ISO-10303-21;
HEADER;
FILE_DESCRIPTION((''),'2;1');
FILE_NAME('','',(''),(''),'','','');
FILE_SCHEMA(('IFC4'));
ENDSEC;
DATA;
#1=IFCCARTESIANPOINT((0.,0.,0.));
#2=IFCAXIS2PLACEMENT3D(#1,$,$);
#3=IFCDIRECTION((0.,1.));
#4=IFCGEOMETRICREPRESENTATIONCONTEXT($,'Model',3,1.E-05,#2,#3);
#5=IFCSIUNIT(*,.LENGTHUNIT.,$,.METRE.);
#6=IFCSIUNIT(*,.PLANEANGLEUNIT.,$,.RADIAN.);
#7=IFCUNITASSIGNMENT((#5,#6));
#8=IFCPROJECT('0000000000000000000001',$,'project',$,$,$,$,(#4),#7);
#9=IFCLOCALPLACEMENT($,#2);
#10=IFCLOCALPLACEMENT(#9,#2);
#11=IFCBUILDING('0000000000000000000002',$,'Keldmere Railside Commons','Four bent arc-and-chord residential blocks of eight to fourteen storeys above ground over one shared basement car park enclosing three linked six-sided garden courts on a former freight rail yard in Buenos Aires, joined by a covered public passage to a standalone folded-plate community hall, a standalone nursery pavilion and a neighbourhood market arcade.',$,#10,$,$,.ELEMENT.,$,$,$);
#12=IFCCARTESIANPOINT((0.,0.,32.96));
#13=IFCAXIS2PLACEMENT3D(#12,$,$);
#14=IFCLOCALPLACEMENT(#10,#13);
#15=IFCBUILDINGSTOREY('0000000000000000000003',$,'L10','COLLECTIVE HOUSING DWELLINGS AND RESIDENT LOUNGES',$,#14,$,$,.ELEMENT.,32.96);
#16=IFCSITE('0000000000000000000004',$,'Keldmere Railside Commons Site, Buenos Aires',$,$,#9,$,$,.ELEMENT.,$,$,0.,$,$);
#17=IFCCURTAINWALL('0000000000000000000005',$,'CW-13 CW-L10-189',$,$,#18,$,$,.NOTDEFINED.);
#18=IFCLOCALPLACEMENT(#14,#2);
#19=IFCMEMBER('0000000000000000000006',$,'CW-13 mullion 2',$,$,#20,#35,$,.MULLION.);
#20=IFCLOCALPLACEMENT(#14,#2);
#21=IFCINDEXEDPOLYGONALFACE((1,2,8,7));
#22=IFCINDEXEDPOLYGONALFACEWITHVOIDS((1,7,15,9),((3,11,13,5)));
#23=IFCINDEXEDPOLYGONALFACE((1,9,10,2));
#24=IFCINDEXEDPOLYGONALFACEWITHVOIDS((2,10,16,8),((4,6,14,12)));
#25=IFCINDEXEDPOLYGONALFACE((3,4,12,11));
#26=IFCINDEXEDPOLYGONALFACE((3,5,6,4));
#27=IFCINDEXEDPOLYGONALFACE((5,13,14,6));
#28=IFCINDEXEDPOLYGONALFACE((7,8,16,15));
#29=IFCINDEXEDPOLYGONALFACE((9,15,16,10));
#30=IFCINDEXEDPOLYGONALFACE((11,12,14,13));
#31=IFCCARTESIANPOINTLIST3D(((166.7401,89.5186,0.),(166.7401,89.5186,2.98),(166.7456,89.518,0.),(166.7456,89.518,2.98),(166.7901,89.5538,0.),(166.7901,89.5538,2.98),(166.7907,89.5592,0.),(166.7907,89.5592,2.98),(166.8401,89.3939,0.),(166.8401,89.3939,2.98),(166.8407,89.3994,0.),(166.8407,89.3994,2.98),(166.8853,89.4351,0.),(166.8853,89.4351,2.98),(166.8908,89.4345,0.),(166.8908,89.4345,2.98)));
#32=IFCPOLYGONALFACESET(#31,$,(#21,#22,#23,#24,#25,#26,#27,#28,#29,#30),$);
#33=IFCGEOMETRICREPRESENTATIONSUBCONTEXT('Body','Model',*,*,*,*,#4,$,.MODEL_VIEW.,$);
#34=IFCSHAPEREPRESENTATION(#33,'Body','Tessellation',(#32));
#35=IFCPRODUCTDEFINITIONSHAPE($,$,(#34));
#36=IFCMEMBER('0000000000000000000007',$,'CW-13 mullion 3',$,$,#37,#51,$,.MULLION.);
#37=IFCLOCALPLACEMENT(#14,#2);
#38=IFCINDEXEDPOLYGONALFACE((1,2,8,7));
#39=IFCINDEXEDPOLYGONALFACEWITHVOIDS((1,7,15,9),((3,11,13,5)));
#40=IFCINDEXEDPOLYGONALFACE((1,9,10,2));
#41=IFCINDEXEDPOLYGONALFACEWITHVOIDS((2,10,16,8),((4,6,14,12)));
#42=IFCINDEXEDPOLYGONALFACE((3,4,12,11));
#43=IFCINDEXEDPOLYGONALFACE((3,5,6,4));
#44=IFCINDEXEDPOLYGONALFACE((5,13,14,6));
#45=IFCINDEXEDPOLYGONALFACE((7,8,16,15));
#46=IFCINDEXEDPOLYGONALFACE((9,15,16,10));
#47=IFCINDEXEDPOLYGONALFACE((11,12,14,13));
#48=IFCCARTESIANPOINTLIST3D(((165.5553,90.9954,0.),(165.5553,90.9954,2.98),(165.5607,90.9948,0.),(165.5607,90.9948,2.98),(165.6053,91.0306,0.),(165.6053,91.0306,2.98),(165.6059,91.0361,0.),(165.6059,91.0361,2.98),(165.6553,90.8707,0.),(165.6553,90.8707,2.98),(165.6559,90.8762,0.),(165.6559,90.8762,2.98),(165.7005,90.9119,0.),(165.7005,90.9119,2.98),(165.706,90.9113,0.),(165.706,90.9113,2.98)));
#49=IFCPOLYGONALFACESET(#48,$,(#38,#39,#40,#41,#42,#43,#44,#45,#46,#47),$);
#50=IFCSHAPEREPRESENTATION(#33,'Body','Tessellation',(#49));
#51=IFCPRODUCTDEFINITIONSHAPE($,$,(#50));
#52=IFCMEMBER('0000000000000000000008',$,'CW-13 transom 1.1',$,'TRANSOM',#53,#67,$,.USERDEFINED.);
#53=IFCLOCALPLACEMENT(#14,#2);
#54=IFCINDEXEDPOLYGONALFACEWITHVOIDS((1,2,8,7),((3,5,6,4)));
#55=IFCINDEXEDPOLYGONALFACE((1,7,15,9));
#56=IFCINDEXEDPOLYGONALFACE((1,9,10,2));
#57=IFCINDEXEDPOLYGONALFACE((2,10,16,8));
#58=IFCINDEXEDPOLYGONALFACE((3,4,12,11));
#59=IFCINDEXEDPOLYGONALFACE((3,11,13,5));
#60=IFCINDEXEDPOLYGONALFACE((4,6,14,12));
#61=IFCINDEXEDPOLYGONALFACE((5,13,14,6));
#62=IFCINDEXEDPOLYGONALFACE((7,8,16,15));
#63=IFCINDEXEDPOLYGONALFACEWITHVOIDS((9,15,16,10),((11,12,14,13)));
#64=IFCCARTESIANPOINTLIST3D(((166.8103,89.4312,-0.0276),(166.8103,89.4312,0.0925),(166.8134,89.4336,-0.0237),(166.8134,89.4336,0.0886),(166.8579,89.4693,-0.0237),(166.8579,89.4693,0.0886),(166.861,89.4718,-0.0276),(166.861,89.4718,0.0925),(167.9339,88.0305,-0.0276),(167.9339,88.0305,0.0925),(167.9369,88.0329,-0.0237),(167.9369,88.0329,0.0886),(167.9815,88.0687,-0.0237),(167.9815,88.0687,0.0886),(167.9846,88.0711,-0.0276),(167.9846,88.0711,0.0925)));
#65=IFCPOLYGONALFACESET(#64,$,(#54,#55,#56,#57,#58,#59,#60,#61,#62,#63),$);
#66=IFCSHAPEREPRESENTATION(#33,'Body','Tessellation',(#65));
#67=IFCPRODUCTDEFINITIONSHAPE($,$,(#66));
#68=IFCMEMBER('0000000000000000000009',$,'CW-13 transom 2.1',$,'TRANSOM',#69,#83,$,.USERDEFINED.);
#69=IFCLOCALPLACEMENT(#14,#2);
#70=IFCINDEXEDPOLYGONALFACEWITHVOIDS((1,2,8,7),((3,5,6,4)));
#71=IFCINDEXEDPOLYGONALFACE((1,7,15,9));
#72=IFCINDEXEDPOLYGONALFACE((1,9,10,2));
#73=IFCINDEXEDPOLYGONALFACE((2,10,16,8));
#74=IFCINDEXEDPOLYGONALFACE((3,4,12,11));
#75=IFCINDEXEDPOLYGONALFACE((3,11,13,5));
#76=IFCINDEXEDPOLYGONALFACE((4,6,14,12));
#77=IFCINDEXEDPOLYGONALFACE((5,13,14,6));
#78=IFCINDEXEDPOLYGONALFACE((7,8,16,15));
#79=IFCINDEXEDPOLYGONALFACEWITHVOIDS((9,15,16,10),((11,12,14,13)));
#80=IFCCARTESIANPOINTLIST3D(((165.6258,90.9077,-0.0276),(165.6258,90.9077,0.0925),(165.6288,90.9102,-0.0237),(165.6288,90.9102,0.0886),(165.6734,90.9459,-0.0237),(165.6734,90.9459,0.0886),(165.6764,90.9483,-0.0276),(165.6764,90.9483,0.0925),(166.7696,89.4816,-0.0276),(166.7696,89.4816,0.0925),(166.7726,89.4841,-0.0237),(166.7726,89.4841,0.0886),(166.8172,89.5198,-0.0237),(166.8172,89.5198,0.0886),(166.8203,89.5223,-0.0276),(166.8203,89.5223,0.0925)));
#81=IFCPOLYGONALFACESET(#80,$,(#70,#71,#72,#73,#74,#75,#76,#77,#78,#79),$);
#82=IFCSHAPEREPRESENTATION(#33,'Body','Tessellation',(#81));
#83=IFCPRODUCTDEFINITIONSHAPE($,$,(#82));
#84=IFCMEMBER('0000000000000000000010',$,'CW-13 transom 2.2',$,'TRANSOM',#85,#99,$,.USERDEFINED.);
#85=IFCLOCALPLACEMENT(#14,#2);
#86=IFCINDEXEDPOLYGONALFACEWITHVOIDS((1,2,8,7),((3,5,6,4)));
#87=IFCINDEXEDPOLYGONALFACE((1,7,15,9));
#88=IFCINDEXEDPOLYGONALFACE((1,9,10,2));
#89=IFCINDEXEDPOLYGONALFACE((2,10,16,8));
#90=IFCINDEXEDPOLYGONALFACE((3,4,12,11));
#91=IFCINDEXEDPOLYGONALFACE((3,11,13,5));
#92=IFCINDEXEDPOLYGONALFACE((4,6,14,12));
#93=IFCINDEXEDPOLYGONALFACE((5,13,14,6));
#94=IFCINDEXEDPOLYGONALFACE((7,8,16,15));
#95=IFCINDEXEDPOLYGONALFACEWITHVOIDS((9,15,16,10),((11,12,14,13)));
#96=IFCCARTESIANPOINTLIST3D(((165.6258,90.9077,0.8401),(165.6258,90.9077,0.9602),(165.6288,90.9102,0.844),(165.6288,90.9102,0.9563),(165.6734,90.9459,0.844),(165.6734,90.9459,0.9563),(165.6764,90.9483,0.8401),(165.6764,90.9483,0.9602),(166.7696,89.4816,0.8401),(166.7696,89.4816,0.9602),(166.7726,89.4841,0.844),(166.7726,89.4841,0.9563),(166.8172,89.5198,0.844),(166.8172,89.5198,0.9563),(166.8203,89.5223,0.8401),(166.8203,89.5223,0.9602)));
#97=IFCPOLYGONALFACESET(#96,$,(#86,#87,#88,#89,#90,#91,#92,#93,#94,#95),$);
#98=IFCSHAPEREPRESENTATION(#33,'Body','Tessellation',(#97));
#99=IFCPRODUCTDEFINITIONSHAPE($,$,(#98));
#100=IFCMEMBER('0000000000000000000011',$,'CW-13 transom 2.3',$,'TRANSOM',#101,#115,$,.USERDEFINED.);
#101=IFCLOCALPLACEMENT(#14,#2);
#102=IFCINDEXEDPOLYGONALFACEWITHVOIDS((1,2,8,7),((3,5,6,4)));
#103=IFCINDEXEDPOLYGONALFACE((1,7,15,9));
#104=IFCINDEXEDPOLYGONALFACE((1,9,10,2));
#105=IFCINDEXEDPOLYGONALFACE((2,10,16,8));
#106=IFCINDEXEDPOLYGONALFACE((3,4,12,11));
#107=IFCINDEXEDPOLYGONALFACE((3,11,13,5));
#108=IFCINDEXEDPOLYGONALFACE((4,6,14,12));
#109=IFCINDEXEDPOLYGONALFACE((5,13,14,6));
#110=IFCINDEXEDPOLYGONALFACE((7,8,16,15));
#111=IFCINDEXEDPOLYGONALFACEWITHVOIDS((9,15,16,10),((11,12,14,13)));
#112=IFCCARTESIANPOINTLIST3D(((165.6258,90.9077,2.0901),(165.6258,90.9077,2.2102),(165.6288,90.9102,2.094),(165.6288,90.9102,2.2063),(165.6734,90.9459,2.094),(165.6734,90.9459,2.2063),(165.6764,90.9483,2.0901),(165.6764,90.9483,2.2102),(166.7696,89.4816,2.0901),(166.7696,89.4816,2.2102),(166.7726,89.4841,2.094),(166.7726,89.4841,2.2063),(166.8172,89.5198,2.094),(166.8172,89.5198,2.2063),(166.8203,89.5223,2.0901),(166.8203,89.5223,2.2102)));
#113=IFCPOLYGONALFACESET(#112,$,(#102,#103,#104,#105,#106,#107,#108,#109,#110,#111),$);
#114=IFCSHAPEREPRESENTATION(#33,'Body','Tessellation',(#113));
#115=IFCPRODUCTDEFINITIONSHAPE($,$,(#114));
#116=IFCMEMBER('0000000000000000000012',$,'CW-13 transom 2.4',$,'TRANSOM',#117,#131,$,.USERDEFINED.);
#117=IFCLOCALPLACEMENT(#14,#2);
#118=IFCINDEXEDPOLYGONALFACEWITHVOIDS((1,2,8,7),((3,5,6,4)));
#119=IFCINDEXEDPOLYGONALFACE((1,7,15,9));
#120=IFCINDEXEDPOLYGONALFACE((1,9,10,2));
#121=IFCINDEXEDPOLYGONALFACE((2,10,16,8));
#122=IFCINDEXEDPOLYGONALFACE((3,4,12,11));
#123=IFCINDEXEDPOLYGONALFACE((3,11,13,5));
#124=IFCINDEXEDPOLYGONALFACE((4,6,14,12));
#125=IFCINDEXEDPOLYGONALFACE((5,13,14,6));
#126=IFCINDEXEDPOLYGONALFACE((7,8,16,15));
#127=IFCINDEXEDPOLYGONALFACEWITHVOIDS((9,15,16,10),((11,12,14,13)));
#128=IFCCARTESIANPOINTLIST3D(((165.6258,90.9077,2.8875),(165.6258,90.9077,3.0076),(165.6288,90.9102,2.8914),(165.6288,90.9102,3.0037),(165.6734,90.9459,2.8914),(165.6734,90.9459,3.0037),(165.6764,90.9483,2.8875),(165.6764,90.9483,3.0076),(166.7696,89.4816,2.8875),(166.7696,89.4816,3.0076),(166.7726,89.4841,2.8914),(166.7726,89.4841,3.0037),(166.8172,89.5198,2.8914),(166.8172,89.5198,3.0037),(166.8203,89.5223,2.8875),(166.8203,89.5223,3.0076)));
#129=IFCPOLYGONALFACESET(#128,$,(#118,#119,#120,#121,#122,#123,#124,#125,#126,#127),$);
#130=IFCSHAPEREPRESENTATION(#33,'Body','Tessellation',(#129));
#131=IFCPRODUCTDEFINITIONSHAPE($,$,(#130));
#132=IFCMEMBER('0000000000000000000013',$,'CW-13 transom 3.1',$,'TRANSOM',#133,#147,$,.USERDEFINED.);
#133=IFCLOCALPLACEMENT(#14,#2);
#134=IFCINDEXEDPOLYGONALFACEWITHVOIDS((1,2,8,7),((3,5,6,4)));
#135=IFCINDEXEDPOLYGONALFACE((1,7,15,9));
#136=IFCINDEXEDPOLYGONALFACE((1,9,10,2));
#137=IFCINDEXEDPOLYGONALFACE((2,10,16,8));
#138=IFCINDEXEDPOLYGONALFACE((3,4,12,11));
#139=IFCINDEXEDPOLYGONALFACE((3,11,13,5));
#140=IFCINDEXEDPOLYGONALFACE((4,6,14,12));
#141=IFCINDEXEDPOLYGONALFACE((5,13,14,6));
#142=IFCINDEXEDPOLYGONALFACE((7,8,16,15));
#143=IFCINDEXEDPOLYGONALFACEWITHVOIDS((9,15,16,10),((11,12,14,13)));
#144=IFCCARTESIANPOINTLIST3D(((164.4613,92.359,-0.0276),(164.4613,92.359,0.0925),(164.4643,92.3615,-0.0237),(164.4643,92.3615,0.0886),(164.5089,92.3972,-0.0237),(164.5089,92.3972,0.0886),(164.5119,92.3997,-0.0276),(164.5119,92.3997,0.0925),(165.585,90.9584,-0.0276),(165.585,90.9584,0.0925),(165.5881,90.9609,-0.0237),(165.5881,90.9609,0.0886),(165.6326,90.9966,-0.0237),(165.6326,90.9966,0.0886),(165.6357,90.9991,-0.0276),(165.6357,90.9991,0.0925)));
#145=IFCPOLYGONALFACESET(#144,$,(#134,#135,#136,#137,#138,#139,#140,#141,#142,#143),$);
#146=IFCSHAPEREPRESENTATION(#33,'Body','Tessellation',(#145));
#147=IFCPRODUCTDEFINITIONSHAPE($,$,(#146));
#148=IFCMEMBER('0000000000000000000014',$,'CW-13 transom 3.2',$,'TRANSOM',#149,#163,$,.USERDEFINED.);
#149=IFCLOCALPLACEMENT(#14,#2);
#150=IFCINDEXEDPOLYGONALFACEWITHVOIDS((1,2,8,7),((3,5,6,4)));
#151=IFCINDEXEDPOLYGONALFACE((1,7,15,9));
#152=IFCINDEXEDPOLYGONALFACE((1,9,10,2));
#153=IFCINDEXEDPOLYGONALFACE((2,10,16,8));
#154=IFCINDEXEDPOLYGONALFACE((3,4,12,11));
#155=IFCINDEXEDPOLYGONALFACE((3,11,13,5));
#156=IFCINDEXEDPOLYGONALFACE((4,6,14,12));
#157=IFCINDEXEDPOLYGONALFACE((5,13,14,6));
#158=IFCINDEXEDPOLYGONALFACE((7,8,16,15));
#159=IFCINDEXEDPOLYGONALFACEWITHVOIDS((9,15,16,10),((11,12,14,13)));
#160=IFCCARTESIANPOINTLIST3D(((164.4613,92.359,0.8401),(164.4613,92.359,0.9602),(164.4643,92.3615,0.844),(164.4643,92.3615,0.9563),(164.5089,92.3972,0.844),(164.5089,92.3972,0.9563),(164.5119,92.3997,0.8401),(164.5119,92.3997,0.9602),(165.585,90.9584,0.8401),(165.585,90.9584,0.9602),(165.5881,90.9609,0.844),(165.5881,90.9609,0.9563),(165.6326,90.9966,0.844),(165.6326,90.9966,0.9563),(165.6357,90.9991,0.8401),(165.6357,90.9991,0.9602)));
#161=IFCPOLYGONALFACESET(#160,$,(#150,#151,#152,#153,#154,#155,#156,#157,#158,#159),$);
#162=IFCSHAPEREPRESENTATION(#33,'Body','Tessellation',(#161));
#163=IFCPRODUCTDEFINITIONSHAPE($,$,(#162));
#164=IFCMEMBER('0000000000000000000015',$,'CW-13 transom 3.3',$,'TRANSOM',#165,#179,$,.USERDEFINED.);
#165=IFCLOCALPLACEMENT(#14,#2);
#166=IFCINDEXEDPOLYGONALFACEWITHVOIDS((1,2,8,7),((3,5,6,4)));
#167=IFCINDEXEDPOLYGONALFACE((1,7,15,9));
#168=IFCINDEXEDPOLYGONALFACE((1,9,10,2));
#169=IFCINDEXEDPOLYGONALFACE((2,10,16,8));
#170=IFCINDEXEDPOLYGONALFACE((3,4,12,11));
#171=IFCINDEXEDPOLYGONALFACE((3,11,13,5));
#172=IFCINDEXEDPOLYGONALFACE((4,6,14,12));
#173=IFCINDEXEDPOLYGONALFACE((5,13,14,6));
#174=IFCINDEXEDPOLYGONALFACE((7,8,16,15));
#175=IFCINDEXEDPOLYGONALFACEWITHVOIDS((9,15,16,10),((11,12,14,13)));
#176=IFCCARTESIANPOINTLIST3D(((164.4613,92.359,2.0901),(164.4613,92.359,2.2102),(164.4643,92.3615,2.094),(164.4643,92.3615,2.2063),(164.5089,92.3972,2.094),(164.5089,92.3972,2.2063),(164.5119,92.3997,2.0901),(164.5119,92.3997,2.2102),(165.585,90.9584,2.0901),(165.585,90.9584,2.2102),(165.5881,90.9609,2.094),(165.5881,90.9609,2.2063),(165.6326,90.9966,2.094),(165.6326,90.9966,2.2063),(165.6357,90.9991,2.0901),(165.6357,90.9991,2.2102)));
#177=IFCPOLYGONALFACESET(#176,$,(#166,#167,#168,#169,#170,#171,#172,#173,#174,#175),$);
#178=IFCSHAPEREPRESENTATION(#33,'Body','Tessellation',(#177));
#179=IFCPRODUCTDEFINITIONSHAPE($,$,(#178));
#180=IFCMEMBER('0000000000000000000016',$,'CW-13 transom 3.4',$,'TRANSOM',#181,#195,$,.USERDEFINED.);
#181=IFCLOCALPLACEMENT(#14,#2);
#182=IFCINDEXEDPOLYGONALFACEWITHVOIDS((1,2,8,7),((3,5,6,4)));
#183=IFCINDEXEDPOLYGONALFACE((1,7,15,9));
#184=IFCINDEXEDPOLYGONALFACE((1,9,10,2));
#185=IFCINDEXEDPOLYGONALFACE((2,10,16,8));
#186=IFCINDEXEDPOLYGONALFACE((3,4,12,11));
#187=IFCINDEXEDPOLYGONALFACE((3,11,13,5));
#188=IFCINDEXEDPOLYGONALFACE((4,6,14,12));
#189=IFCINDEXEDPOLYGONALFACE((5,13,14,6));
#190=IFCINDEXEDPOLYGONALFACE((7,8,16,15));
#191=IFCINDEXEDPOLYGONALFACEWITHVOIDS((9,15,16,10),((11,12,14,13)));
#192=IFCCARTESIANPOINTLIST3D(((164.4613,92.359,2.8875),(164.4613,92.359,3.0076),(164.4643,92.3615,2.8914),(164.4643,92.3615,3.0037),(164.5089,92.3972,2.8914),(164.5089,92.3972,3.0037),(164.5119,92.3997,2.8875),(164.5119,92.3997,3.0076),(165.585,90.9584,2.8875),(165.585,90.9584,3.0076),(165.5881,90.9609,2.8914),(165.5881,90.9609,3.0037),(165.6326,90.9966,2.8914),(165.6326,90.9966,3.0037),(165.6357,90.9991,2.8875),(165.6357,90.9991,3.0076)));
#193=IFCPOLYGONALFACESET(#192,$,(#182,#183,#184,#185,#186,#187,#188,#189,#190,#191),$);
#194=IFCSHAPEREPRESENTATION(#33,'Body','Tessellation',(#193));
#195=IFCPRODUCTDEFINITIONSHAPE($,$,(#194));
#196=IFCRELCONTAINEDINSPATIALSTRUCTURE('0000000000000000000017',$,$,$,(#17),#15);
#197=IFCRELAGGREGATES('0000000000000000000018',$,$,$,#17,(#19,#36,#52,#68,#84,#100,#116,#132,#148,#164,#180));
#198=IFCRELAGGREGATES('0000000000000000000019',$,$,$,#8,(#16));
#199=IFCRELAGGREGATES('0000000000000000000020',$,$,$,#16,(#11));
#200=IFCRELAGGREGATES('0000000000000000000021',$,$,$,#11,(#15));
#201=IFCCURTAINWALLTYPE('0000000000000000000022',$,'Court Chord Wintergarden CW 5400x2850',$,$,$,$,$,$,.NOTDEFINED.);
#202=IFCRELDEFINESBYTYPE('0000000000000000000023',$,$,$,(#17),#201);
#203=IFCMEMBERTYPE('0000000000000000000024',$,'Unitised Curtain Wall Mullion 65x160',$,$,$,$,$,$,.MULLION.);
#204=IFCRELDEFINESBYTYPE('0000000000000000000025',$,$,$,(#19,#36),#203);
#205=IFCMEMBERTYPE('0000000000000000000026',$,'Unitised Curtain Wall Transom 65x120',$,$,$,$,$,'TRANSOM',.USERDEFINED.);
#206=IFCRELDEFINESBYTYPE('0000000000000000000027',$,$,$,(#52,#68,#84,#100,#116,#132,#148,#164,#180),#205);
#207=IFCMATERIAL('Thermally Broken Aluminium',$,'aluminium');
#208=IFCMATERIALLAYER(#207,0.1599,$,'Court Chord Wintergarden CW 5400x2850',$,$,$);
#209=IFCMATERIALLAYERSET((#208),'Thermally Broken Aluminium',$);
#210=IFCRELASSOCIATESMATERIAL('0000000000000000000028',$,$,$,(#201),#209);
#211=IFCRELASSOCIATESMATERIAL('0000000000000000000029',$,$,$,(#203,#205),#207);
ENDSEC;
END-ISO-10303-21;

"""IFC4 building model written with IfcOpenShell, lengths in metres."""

from ifc_helpers import new_model, si_unit, direction, frame, origin, origin_2d, place, context, subcontext, project, spatial, hollow_rectangle, extrude, material, layer, layer_set, material_profile, profile_set, type_object, element, aggregate, save


model = new_model("IFC4")

# Units and contexts
model_context = context("Model", 3, precision=1e-05, world=origin(), true_north=direction((0.0, 1.0)))
body_context = subcontext(model_context, "Body", "Model", "MODEL_VIEW")
ifc_project = project(units=[si_unit("LENGTHUNIT", "METRE"), si_unit("PLANEANGLEUNIT", "RADIAN")], contexts=[model_context])

# Site, building, storey
site_placement = place(None, origin())
site = spatial("IfcSite", under=ifc_project, at=site_placement, Name="Keldmere Railside Commons Site, Buenos Aires", CompositionType="ELEMENT", RefElevation=0.0)
building_placement = place(site_placement, origin())
building = spatial("IfcBuilding", under=site, at=building_placement, Name="Keldmere Railside Commons", Description="Four bent arc-and-chord residential blocks of eight to fourteen storeys above ground over one shared basement car park enclosing three linked six-sided garden courts on a former freight rail yard in Buenos Aires, joined by a covered public passage to a standalone folded-plate community hall, a standalone nursery pavilion and a neighbourhood market arcade.", CompositionType="ELEMENT")
storey_placement = place(building_placement, frame((0.0, 0.0, 32.96)))
storey = spatial("IfcBuildingStorey", under=building, at=storey_placement, Name="L10", Description="COLLECTIVE HOUSING DWELLINGS AND RESIDENT LOUNGES", CompositionType="ELEMENT", Elevation=32.96)

# Curtain wall, members
ifc_material_1 = material(Name="Thermally Broken Aluminium", Category="aluminium")
ifc_layer_1 = layer(ifc_material_1, 0.1599, Name="Court Chord Wintergarden CW 5400x2850")
ifc_layer_set_1 = layer_set([ifc_layer_1], Name="Thermally Broken Aluminium")
curtain_wall_type = type_object("IfcCurtainWallType", Name="Court Chord Wintergarden CW 5400x2850", PredefinedType="NOTDEFINED", material=ifc_layer_set_1)
curtain_wall_placement = place(storey_placement, origin())
curtain_wall = element("IfcCurtainWall", 1, at=curtain_wall_placement, inside=storey, type_object=curtain_wall_type, Name="CW-13 CW-L10-189", PredefinedType="NOTDEFINED")
ifc_material_profile_1 = material_profile(ifc_material_1, hollow_rectangle(XDim=0.0649, YDim=0.1599, WallThickness=0.0039, at=origin_2d()), Name="ALU-MULL-65x160")
ifc_profile_set_1 = profile_set([ifc_material_profile_1], Name="Thermally Broken Aluminium")
member_type_1 = type_object("IfcMemberType", Name="Unitised Curtain Wall Mullion 65x160", PredefinedType="MULLION", material=ifc_profile_set_1)
member_1_placement = place(storey_placement, frame((166.8154, 89.4766, 0.0), z_axis=(0.0, 0.0, 1.0), x_axis=(-0.780009, -0.625768, 0.0)))
member_1 = element("IfcMember", 2, at=member_1_placement, type_object=member_type_1, Name="CW-13 mullion 2", PredefinedType="MULLION", context=body_context, shape_type="SweptSolid", body=[
    extrude(hollow_rectangle(XDim=0.0649, YDim=0.1599, WallThickness=0.0039, at=origin_2d()), origin(), (0.0, 0.0, 1.0), 2.98),
])
member_2_placement = place(storey_placement, frame((165.6306, 90.9534, 0.0), z_axis=(0.0, 0.0, 1.0), x_axis=(-0.780009, -0.625768, 0.0)))
member_2 = element("IfcMember", 3, at=member_2_placement, type_object=member_type_1, Name="CW-13 mullion 3", PredefinedType="MULLION", context=body_context, shape_type="SweptSolid", body=[
    extrude(hollow_rectangle(XDim=0.0649, YDim=0.1599, WallThickness=0.0039, at=origin_2d()), origin(), (0.0, 0.0, 1.0), 2.98),
])
ifc_material_profile_2 = material_profile(ifc_material_1, hollow_rectangle(XDim=0.0649, YDim=0.1201, WallThickness=0.0039, at=origin_2d()), Name="ALU-TRAN-65x120")
ifc_profile_set_2 = profile_set([ifc_material_profile_2], Name="Thermally Broken Aluminium")
member_type_2 = type_object("IfcMemberType", Name="Unitised Curtain Wall Transom 65x120", ElementType="TRANSOM", PredefinedType="USERDEFINED", material=ifc_profile_set_2)
member_3_placement = place(storey_placement, frame((167.9592, 88.0508, 0.0325), z_axis=(-0.625723, 0.780046, 0.0), x_axis=(-0.780046, -0.625723, 0.0)))
member_3 = element("IfcMember", 4, at=member_3_placement, type_object=member_type_2, Name="CW-13 transom 1.1", ObjectType="TRANSOM", PredefinedType="USERDEFINED", context=body_context, shape_type="SweptSolid", body=[
    extrude(hollow_rectangle(XDim=0.0649, YDim=0.1201, WallThickness=0.0039, at=origin_2d()), origin(), (0.0, 0.0, 1.0), 1.7957),
])
member_4_placement = place(storey_placement, frame((166.7949, 89.502, 0.0325), z_axis=(-0.625688, 0.780073, 0.0), x_axis=(-0.780073, -0.625688, 0.0)))
member_4 = element("IfcMember", 5, at=member_4_placement, type_object=member_type_2, Name="CW-13 transom 2.1", ObjectType="TRANSOM", PredefinedType="USERDEFINED", context=body_context, shape_type="SweptSolid", body=[
    extrude(hollow_rectangle(XDim=0.0649, YDim=0.1201, WallThickness=0.0039, at=origin_2d()), origin(), (0.0, 0.0, 1.0), 1.8281),
])
member_5_placement = place(storey_placement, frame((166.7949, 89.502, 0.9001), z_axis=(-0.625688, 0.780073, 0.0), x_axis=(-0.780073, -0.625688, 0.0)))
member_5 = element("IfcMember", 6, at=member_5_placement, type_object=member_type_2, Name="CW-13 transom 2.2", ObjectType="TRANSOM", PredefinedType="USERDEFINED", context=body_context, shape_type="SweptSolid", body=[
    extrude(hollow_rectangle(XDim=0.0649, YDim=0.1201, WallThickness=0.0039, at=origin_2d()), origin(), (0.0, 0.0, 1.0), 1.8281),
])
member_6_placement = place(storey_placement, frame((166.7949, 89.502, 2.1501), z_axis=(-0.625688, 0.780073, 0.0), x_axis=(-0.780073, -0.625688, 0.0)))
member_6 = element("IfcMember", 7, at=member_6_placement, type_object=member_type_2, Name="CW-13 transom 2.3", ObjectType="TRANSOM", PredefinedType="USERDEFINED", context=body_context, shape_type="SweptSolid", body=[
    extrude(hollow_rectangle(XDim=0.0649, YDim=0.1201, WallThickness=0.0039, at=origin_2d()), origin(), (0.0, 0.0, 1.0), 1.8281),
])
member_7_placement = place(storey_placement, frame((166.7949, 89.502, 2.9475), z_axis=(-0.625688, 0.780073, 0.0), x_axis=(-0.780073, -0.625688, 0.0)))
member_7 = element("IfcMember", 8, at=member_7_placement, type_object=member_type_2, Name="CW-13 transom 2.4", ObjectType="TRANSOM", PredefinedType="USERDEFINED", context=body_context, shape_type="SweptSolid", body=[
    extrude(hollow_rectangle(XDim=0.0649, YDim=0.1201, WallThickness=0.0039, at=origin_2d()), origin(), (0.0, 0.0, 1.0), 1.8281),
])
member_8_placement = place(storey_placement, frame((165.6104, 90.9788, 0.0325), z_axis=(-0.625805, 0.779979, 0.0), x_axis=(-0.779979, -0.625805, 0.0)))
member_8 = element("IfcMember", 9, at=member_8_placement, type_object=member_type_2, Name="CW-13 transom 3.1", ObjectType="TRANSOM", PredefinedType="USERDEFINED", context=body_context, shape_type="SweptSolid", body=[
    extrude(hollow_rectangle(XDim=0.0649, YDim=0.1201, WallThickness=0.0039, at=origin_2d()), origin(), (0.0, 0.0, 1.0), 1.7957),
])
member_9_placement = place(storey_placement, frame((165.6104, 90.9788, 0.9001), z_axis=(-0.625805, 0.779979, 0.0), x_axis=(-0.779979, -0.625805, 0.0)))
member_9 = element("IfcMember", 10, at=member_9_placement, type_object=member_type_2, Name="CW-13 transom 3.2", ObjectType="TRANSOM", PredefinedType="USERDEFINED", context=body_context, shape_type="SweptSolid", body=[
    extrude(hollow_rectangle(XDim=0.0649, YDim=0.1201, WallThickness=0.0039, at=origin_2d()), origin(), (0.0, 0.0, 1.0), 1.7957),
])
member_10_placement = place(storey_placement, frame((165.6104, 90.9788, 2.1501), z_axis=(-0.625805, 0.779979, 0.0), x_axis=(-0.779979, -0.625805, 0.0)))
member_10 = element("IfcMember", 11, at=member_10_placement, type_object=member_type_2, Name="CW-13 transom 3.3", ObjectType="TRANSOM", PredefinedType="USERDEFINED", context=body_context, shape_type="SweptSolid", body=[
    extrude(hollow_rectangle(XDim=0.0649, YDim=0.1201, WallThickness=0.0039, at=origin_2d()), origin(), (0.0, 0.0, 1.0), 1.7957),
])
member_11_placement = place(storey_placement, frame((165.6104, 90.9788, 2.9475), z_axis=(-0.625805, 0.779979, 0.0), x_axis=(-0.779979, -0.625805, 0.0)))
member_11 = element("IfcMember", 12, at=member_11_placement, type_object=member_type_2, Name="CW-13 transom 3.4", ObjectType="TRANSOM", PredefinedType="USERDEFINED", context=body_context, shape_type="SweptSolid", body=[
    extrude(hollow_rectangle(XDim=0.0649, YDim=0.1201, WallThickness=0.0039, at=origin_2d()), origin(), (0.0, 0.0, 1.0), 1.7957),
])
aggregate(curtain_wall, [member_1, member_2, member_3, member_4, member_5, member_6, member_7, member_8, member_9, member_10, member_11])

save(model, "model.ifc")
